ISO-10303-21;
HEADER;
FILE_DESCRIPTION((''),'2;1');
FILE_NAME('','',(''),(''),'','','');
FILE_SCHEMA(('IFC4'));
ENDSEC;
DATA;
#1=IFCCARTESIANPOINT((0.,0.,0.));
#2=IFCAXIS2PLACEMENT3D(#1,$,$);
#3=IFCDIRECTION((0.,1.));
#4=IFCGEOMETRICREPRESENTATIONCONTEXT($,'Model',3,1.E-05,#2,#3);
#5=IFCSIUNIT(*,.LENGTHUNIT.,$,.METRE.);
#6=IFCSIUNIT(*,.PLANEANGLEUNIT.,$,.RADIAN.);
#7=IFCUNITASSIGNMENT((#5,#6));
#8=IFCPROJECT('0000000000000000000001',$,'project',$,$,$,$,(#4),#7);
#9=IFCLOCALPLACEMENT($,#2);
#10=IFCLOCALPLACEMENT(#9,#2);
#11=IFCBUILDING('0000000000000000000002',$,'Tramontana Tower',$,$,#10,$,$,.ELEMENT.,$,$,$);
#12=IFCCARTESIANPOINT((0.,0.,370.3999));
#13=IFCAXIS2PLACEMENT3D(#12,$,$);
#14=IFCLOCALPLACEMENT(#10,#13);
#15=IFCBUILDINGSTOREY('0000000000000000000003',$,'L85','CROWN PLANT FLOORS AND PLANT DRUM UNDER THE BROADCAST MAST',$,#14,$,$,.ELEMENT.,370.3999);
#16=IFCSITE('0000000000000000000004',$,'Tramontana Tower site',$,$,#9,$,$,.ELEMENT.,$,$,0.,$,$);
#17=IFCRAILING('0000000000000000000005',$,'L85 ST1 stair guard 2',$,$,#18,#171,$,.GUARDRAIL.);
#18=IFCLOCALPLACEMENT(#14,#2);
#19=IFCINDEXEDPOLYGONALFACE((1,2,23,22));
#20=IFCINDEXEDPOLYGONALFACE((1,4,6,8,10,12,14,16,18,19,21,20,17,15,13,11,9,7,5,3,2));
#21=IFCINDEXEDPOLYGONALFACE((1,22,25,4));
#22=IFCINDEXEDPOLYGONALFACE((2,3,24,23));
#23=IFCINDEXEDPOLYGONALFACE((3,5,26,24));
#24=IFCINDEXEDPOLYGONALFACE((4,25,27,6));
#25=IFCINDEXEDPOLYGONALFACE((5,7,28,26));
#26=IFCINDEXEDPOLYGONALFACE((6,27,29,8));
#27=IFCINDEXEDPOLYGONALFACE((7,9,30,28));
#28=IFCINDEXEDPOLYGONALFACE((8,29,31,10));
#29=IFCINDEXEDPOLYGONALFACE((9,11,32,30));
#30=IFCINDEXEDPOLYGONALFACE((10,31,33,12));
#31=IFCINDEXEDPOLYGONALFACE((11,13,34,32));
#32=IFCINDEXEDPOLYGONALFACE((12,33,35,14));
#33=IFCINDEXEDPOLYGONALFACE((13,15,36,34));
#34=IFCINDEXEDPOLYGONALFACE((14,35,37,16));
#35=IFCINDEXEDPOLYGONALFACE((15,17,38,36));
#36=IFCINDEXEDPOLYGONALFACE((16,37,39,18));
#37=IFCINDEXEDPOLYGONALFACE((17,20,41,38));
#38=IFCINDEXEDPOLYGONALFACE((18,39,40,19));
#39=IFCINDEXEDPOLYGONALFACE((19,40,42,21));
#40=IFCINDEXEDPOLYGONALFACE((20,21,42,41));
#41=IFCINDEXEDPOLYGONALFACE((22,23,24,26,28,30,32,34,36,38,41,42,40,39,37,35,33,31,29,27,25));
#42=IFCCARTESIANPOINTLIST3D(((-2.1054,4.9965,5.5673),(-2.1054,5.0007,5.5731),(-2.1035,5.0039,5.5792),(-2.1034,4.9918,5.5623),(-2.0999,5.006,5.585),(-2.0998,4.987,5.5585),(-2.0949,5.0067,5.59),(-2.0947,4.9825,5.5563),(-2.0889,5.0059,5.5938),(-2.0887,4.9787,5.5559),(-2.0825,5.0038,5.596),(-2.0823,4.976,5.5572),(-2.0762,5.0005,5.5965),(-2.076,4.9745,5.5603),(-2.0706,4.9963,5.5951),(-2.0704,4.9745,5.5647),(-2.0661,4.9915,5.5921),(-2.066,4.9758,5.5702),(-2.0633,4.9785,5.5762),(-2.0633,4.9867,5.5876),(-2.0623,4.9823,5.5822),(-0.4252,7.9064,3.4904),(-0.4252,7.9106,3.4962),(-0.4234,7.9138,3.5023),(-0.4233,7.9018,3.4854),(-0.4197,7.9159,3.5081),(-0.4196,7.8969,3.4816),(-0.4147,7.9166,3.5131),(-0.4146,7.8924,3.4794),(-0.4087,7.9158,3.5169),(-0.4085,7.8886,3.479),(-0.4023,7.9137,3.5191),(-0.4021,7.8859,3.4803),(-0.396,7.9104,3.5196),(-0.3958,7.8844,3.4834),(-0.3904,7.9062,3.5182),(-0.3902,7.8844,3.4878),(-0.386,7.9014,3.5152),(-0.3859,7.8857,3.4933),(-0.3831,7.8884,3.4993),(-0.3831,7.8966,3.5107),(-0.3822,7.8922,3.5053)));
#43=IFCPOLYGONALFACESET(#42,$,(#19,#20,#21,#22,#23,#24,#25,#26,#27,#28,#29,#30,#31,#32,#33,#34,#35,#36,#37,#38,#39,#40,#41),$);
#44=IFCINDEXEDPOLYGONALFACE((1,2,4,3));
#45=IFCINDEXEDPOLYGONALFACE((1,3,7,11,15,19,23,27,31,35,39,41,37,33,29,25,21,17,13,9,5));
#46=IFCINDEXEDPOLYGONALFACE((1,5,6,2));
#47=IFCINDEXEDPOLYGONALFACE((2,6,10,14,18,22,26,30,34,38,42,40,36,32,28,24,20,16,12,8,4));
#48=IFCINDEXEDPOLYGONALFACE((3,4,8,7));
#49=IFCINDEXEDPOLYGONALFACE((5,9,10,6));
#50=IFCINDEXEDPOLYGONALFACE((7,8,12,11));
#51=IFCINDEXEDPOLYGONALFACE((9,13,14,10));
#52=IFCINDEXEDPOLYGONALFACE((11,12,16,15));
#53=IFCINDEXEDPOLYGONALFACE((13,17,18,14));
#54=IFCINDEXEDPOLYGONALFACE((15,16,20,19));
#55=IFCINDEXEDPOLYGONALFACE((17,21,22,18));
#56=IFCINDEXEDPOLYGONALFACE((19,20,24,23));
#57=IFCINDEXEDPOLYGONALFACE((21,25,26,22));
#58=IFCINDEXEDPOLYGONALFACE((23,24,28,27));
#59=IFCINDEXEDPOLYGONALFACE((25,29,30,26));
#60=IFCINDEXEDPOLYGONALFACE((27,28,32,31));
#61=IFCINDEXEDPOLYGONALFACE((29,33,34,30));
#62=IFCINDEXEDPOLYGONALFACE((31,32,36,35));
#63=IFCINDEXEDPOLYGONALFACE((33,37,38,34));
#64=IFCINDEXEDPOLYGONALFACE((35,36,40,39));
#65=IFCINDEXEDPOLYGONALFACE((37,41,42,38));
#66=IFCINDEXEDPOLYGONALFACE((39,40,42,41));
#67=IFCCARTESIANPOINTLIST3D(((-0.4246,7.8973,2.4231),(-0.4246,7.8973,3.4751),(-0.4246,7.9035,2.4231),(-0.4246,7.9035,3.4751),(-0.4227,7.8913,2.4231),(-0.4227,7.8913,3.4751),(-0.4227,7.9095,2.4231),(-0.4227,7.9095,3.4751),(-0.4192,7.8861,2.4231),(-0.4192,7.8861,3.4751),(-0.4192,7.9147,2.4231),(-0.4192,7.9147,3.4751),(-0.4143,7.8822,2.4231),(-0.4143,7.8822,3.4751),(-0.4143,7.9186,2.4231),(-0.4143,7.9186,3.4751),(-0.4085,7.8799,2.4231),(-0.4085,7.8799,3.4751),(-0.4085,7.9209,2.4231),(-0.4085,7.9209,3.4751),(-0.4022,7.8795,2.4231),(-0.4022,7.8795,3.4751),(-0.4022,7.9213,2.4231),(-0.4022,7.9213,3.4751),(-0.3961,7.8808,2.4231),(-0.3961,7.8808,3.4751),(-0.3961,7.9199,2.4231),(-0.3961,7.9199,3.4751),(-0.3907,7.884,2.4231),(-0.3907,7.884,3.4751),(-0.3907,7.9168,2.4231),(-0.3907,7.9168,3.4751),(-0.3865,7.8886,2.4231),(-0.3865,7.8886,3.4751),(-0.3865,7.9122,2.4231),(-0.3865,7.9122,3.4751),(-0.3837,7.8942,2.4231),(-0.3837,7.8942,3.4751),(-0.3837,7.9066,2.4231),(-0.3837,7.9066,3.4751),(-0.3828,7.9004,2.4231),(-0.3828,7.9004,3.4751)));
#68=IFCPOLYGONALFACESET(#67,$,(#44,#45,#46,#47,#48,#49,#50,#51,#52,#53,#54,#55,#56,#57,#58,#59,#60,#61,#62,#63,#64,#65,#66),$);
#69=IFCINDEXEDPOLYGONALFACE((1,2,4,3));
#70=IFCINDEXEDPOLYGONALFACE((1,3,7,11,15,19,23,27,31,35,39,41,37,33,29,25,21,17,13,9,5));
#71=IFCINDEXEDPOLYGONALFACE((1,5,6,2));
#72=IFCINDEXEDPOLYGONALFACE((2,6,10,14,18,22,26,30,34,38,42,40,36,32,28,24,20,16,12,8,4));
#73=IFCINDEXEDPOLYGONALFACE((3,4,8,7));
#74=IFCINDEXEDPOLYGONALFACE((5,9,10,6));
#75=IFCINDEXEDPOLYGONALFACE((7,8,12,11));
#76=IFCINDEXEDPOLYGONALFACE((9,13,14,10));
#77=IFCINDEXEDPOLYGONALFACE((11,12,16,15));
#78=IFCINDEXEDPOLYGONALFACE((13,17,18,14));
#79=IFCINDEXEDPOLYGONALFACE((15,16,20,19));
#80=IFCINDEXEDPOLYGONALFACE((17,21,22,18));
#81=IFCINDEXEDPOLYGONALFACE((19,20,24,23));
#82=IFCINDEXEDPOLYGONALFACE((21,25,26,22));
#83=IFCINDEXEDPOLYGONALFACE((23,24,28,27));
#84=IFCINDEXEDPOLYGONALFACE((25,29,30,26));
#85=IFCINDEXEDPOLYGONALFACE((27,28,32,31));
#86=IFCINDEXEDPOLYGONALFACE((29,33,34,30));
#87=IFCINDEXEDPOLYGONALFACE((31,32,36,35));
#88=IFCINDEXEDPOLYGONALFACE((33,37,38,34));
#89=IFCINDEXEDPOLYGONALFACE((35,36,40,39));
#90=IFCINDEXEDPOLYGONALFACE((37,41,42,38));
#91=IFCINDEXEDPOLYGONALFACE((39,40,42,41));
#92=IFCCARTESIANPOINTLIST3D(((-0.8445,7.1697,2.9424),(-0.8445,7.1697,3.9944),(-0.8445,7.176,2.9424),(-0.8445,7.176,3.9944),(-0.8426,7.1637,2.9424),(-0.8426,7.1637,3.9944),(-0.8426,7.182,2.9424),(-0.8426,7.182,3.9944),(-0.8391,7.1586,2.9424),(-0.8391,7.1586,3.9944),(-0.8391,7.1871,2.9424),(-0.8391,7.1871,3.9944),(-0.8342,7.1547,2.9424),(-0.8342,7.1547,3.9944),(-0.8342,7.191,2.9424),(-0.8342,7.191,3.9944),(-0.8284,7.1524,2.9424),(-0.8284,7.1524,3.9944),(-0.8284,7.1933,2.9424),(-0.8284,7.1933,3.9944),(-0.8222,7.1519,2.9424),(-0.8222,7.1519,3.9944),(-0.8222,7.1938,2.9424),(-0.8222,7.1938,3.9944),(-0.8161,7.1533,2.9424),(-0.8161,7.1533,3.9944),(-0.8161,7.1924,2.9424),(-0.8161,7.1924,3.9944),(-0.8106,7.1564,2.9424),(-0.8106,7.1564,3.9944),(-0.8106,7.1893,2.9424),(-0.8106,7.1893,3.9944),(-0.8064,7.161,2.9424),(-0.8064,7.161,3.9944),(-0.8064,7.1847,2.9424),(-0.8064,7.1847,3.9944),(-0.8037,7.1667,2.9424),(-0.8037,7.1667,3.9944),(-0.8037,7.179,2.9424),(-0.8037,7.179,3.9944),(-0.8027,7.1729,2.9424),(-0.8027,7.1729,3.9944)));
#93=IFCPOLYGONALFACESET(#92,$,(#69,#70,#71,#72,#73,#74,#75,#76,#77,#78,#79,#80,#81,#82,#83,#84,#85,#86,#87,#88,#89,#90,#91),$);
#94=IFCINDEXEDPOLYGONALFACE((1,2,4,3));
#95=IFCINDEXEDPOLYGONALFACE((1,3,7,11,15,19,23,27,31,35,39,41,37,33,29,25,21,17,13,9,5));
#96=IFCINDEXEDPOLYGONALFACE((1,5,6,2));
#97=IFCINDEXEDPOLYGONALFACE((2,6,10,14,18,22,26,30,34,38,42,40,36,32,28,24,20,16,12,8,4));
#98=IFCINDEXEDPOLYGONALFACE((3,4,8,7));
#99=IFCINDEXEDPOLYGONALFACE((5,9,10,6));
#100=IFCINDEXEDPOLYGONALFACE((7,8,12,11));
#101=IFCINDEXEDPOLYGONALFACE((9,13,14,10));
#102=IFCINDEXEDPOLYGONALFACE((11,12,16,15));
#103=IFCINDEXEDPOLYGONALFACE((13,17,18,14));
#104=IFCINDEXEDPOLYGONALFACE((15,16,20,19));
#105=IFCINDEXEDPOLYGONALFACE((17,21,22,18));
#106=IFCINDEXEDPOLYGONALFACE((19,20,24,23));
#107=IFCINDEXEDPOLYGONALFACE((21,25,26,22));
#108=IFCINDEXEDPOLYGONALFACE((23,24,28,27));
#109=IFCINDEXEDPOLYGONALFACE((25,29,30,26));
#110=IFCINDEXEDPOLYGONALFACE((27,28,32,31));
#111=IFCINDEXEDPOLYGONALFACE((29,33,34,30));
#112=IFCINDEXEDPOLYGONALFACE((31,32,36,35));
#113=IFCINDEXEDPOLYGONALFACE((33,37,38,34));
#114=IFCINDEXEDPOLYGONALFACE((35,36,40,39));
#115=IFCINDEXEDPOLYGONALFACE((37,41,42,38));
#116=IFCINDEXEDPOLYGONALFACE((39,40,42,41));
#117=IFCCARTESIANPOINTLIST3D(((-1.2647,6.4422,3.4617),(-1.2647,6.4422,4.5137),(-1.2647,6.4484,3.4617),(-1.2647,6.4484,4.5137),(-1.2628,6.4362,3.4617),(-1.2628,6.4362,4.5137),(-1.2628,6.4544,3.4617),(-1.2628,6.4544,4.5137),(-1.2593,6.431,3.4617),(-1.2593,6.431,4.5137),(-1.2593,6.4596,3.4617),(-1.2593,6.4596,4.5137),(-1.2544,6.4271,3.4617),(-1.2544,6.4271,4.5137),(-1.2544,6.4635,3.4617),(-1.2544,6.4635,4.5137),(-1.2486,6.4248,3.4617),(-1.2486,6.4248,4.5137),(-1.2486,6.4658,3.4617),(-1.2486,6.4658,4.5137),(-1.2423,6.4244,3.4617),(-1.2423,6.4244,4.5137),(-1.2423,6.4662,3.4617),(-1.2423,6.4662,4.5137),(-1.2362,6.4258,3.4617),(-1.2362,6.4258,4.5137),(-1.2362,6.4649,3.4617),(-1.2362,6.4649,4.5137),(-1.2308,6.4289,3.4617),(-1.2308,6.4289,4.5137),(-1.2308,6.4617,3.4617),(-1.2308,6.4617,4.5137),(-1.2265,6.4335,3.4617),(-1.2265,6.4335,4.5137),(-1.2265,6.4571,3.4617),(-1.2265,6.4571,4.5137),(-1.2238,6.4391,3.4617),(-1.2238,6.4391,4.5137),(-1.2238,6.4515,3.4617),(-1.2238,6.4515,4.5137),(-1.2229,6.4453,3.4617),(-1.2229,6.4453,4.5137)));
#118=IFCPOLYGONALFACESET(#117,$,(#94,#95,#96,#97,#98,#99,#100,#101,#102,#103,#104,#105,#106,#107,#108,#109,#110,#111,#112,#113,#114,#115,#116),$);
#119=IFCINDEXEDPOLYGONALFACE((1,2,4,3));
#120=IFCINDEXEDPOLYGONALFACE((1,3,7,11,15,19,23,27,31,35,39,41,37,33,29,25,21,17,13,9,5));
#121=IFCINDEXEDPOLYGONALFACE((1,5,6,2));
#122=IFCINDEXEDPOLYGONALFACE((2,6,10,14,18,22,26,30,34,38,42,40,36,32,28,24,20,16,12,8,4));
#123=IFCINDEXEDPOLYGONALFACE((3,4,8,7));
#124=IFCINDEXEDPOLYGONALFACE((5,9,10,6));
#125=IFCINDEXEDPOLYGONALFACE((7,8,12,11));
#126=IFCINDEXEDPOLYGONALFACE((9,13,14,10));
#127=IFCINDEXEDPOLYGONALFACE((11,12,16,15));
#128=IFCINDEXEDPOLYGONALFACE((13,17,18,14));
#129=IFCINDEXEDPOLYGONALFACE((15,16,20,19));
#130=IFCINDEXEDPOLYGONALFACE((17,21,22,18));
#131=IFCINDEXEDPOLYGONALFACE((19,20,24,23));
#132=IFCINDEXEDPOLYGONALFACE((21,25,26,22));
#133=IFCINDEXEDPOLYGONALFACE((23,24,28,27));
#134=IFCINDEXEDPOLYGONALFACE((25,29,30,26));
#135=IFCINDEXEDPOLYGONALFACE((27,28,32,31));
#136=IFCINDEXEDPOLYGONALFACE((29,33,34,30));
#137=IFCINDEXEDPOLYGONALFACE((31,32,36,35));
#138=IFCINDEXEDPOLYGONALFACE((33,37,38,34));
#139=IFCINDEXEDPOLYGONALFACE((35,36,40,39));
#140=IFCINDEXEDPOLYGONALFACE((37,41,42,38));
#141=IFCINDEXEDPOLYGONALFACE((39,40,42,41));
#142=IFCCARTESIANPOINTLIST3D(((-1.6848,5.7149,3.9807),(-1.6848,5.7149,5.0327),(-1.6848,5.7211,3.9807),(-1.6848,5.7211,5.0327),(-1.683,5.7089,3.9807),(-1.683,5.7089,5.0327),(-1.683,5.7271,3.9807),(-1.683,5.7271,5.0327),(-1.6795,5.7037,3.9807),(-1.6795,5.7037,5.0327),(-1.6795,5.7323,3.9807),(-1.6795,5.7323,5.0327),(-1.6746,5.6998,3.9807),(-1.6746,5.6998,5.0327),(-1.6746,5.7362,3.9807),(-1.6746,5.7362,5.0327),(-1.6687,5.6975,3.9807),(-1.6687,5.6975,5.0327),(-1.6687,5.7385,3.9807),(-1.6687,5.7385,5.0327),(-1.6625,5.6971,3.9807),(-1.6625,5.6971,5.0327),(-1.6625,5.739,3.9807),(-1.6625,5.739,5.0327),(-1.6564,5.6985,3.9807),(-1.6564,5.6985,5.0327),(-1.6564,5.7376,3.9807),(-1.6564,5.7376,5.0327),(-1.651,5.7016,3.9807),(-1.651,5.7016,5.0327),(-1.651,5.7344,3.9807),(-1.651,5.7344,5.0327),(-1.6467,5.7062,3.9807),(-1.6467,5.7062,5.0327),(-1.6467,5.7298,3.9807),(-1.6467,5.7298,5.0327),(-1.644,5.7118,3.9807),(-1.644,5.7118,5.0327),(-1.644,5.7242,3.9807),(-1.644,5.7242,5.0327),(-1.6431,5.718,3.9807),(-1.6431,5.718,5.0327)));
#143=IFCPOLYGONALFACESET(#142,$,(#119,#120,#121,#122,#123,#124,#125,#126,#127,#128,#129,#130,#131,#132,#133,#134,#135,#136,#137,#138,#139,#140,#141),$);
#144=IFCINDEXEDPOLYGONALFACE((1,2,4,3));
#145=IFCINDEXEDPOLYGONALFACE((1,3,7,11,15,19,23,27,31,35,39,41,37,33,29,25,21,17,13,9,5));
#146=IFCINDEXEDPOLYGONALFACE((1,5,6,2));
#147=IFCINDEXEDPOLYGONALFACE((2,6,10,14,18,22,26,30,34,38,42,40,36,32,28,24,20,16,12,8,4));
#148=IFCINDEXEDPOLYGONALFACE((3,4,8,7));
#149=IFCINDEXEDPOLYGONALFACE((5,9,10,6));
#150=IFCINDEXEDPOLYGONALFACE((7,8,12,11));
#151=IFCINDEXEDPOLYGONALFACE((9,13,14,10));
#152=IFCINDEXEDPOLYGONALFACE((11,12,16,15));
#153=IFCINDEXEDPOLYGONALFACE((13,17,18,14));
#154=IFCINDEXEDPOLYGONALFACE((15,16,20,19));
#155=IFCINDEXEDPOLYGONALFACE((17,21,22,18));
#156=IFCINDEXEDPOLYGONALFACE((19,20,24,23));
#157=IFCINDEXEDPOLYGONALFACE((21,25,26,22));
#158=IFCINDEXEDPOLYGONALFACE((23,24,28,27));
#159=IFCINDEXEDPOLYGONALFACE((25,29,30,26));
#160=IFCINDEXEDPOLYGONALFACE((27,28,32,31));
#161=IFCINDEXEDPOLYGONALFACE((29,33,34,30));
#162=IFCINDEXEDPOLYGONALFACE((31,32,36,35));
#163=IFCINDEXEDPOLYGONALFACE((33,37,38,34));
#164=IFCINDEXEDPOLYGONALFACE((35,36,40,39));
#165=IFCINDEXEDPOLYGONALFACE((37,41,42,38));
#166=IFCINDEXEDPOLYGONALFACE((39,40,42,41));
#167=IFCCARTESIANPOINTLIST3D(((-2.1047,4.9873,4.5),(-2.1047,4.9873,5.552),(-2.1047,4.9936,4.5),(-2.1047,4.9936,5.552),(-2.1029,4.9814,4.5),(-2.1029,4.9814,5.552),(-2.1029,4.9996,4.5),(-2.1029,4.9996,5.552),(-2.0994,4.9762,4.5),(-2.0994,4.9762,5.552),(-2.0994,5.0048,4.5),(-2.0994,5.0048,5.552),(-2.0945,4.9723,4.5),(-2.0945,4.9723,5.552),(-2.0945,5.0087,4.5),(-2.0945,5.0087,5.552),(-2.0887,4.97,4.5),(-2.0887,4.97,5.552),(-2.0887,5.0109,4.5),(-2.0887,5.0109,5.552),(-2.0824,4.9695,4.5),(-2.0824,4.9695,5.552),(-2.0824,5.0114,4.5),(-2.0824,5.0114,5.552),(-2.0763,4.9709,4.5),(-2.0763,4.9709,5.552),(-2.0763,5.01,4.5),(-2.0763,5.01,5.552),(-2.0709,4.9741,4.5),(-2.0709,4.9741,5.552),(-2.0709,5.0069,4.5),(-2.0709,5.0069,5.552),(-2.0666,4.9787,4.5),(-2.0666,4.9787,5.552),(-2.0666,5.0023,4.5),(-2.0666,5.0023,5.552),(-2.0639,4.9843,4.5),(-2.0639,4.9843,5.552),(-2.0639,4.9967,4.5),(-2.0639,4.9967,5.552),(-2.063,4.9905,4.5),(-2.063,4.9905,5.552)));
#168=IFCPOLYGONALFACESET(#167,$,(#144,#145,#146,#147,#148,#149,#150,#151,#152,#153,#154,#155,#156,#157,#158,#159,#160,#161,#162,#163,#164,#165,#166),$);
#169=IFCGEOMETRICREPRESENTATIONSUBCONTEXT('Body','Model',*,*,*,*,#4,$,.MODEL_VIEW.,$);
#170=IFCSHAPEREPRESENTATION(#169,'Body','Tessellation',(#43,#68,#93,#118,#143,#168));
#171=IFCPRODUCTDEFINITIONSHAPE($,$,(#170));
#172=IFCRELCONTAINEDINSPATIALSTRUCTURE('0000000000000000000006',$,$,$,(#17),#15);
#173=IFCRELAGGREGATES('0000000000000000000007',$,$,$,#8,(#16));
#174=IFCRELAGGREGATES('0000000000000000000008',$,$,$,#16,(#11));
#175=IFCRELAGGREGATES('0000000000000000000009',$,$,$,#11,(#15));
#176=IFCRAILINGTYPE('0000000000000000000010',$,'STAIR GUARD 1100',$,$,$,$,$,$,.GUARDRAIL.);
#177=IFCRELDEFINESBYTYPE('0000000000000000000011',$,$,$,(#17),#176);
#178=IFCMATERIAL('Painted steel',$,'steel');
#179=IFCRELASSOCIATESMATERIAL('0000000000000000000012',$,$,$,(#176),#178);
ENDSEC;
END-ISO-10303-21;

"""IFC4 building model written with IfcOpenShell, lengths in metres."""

from ifc_helpers import new_model, si_unit, direction, frame, origin, origin_2d, place, context, subcontext, project, spatial, circle, extrude, material, type_object, element, save


model = new_model("IFC4")

# Units and contexts
model_context = context("Model", 3, precision=1e-05, world=origin(), true_north=direction((0.0, 1.0)))
body_context = subcontext(model_context, "Body", "Model", "MODEL_VIEW")
ifc_project = project(units=[si_unit("LENGTHUNIT", "METRE"), si_unit("PLANEANGLEUNIT", "RADIAN")], contexts=[model_context])

# Site, building, storey
site_placement = place(None, origin())
site = spatial("IfcSite", under=ifc_project, at=site_placement, Name="Tramontana Tower site", CompositionType="ELEMENT", RefElevation=0.0)
building_placement = place(site_placement, origin())
building = spatial("IfcBuilding", under=site, at=building_placement, Name="Tramontana Tower", CompositionType="ELEMENT")
storey_placement = place(building_placement, frame((0.0, 0.0, 370.3999)))
storey = spatial("IfcBuildingStorey", under=building, at=storey_placement, Name="L85", Description="CROWN PLANT FLOORS AND PLANT DRUM UNDER THE BROADCAST MAST", CompositionType="ELEMENT", Elevation=370.3999)

# Railing
ifc_material_1 = material(Name="Painted steel", Category="steel")
railing_type_1 = type_object("IfcRailingType", Name="STAIR GUARD 1100", PredefinedType="GUARDRAIL", material=ifc_material_1)
railing_1_placement = place(storey_placement, frame((-0.4038, 7.9004, 2.4231)))
element("IfcRailing", 1, at=railing_1_placement, inside=storey, type_object=railing_type_1, Name="L85 ST1 stair guard 2", PredefinedType="GUARDRAIL", context=body_context, shape_type="SweptSolid", body=[
    extrude(circle(Radius=0.0239, at=origin_2d()), frame((0.0, 0.0, 1.0762), z_axis=(-0.425339, -0.736649, 0.525771), x_axis=(0.866008, -0.500031, 0.0)), (0.0, 0.0, 1.0), 3.9502),
    extrude(circle(Radius=0.021, at=origin_2d()), origin(), (0.0, 0.0, 1.0), 1.052),
    extrude(circle(Radius=0.021, at=origin_2d()), frame((-0.4199, -0.7275, 0.5193)), (0.0, 0.0, 1.0), 1.052),
    extrude(circle(Radius=0.021, at=origin_2d()), frame((-0.8401, -1.4551, 1.0386)), (0.0, 0.0, 1.0), 1.052),
    extrude(circle(Radius=0.021, at=origin_2d()), frame((-1.2603, -2.1824, 1.5576)), (0.0, 0.0, 1.0), 1.052),
    extrude(circle(Radius=0.021, at=origin_2d()), frame((-1.6802, -2.9099, 2.0769)), (0.0, 0.0, 1.0), 1.052),
])

save(model, "model.ifc")
